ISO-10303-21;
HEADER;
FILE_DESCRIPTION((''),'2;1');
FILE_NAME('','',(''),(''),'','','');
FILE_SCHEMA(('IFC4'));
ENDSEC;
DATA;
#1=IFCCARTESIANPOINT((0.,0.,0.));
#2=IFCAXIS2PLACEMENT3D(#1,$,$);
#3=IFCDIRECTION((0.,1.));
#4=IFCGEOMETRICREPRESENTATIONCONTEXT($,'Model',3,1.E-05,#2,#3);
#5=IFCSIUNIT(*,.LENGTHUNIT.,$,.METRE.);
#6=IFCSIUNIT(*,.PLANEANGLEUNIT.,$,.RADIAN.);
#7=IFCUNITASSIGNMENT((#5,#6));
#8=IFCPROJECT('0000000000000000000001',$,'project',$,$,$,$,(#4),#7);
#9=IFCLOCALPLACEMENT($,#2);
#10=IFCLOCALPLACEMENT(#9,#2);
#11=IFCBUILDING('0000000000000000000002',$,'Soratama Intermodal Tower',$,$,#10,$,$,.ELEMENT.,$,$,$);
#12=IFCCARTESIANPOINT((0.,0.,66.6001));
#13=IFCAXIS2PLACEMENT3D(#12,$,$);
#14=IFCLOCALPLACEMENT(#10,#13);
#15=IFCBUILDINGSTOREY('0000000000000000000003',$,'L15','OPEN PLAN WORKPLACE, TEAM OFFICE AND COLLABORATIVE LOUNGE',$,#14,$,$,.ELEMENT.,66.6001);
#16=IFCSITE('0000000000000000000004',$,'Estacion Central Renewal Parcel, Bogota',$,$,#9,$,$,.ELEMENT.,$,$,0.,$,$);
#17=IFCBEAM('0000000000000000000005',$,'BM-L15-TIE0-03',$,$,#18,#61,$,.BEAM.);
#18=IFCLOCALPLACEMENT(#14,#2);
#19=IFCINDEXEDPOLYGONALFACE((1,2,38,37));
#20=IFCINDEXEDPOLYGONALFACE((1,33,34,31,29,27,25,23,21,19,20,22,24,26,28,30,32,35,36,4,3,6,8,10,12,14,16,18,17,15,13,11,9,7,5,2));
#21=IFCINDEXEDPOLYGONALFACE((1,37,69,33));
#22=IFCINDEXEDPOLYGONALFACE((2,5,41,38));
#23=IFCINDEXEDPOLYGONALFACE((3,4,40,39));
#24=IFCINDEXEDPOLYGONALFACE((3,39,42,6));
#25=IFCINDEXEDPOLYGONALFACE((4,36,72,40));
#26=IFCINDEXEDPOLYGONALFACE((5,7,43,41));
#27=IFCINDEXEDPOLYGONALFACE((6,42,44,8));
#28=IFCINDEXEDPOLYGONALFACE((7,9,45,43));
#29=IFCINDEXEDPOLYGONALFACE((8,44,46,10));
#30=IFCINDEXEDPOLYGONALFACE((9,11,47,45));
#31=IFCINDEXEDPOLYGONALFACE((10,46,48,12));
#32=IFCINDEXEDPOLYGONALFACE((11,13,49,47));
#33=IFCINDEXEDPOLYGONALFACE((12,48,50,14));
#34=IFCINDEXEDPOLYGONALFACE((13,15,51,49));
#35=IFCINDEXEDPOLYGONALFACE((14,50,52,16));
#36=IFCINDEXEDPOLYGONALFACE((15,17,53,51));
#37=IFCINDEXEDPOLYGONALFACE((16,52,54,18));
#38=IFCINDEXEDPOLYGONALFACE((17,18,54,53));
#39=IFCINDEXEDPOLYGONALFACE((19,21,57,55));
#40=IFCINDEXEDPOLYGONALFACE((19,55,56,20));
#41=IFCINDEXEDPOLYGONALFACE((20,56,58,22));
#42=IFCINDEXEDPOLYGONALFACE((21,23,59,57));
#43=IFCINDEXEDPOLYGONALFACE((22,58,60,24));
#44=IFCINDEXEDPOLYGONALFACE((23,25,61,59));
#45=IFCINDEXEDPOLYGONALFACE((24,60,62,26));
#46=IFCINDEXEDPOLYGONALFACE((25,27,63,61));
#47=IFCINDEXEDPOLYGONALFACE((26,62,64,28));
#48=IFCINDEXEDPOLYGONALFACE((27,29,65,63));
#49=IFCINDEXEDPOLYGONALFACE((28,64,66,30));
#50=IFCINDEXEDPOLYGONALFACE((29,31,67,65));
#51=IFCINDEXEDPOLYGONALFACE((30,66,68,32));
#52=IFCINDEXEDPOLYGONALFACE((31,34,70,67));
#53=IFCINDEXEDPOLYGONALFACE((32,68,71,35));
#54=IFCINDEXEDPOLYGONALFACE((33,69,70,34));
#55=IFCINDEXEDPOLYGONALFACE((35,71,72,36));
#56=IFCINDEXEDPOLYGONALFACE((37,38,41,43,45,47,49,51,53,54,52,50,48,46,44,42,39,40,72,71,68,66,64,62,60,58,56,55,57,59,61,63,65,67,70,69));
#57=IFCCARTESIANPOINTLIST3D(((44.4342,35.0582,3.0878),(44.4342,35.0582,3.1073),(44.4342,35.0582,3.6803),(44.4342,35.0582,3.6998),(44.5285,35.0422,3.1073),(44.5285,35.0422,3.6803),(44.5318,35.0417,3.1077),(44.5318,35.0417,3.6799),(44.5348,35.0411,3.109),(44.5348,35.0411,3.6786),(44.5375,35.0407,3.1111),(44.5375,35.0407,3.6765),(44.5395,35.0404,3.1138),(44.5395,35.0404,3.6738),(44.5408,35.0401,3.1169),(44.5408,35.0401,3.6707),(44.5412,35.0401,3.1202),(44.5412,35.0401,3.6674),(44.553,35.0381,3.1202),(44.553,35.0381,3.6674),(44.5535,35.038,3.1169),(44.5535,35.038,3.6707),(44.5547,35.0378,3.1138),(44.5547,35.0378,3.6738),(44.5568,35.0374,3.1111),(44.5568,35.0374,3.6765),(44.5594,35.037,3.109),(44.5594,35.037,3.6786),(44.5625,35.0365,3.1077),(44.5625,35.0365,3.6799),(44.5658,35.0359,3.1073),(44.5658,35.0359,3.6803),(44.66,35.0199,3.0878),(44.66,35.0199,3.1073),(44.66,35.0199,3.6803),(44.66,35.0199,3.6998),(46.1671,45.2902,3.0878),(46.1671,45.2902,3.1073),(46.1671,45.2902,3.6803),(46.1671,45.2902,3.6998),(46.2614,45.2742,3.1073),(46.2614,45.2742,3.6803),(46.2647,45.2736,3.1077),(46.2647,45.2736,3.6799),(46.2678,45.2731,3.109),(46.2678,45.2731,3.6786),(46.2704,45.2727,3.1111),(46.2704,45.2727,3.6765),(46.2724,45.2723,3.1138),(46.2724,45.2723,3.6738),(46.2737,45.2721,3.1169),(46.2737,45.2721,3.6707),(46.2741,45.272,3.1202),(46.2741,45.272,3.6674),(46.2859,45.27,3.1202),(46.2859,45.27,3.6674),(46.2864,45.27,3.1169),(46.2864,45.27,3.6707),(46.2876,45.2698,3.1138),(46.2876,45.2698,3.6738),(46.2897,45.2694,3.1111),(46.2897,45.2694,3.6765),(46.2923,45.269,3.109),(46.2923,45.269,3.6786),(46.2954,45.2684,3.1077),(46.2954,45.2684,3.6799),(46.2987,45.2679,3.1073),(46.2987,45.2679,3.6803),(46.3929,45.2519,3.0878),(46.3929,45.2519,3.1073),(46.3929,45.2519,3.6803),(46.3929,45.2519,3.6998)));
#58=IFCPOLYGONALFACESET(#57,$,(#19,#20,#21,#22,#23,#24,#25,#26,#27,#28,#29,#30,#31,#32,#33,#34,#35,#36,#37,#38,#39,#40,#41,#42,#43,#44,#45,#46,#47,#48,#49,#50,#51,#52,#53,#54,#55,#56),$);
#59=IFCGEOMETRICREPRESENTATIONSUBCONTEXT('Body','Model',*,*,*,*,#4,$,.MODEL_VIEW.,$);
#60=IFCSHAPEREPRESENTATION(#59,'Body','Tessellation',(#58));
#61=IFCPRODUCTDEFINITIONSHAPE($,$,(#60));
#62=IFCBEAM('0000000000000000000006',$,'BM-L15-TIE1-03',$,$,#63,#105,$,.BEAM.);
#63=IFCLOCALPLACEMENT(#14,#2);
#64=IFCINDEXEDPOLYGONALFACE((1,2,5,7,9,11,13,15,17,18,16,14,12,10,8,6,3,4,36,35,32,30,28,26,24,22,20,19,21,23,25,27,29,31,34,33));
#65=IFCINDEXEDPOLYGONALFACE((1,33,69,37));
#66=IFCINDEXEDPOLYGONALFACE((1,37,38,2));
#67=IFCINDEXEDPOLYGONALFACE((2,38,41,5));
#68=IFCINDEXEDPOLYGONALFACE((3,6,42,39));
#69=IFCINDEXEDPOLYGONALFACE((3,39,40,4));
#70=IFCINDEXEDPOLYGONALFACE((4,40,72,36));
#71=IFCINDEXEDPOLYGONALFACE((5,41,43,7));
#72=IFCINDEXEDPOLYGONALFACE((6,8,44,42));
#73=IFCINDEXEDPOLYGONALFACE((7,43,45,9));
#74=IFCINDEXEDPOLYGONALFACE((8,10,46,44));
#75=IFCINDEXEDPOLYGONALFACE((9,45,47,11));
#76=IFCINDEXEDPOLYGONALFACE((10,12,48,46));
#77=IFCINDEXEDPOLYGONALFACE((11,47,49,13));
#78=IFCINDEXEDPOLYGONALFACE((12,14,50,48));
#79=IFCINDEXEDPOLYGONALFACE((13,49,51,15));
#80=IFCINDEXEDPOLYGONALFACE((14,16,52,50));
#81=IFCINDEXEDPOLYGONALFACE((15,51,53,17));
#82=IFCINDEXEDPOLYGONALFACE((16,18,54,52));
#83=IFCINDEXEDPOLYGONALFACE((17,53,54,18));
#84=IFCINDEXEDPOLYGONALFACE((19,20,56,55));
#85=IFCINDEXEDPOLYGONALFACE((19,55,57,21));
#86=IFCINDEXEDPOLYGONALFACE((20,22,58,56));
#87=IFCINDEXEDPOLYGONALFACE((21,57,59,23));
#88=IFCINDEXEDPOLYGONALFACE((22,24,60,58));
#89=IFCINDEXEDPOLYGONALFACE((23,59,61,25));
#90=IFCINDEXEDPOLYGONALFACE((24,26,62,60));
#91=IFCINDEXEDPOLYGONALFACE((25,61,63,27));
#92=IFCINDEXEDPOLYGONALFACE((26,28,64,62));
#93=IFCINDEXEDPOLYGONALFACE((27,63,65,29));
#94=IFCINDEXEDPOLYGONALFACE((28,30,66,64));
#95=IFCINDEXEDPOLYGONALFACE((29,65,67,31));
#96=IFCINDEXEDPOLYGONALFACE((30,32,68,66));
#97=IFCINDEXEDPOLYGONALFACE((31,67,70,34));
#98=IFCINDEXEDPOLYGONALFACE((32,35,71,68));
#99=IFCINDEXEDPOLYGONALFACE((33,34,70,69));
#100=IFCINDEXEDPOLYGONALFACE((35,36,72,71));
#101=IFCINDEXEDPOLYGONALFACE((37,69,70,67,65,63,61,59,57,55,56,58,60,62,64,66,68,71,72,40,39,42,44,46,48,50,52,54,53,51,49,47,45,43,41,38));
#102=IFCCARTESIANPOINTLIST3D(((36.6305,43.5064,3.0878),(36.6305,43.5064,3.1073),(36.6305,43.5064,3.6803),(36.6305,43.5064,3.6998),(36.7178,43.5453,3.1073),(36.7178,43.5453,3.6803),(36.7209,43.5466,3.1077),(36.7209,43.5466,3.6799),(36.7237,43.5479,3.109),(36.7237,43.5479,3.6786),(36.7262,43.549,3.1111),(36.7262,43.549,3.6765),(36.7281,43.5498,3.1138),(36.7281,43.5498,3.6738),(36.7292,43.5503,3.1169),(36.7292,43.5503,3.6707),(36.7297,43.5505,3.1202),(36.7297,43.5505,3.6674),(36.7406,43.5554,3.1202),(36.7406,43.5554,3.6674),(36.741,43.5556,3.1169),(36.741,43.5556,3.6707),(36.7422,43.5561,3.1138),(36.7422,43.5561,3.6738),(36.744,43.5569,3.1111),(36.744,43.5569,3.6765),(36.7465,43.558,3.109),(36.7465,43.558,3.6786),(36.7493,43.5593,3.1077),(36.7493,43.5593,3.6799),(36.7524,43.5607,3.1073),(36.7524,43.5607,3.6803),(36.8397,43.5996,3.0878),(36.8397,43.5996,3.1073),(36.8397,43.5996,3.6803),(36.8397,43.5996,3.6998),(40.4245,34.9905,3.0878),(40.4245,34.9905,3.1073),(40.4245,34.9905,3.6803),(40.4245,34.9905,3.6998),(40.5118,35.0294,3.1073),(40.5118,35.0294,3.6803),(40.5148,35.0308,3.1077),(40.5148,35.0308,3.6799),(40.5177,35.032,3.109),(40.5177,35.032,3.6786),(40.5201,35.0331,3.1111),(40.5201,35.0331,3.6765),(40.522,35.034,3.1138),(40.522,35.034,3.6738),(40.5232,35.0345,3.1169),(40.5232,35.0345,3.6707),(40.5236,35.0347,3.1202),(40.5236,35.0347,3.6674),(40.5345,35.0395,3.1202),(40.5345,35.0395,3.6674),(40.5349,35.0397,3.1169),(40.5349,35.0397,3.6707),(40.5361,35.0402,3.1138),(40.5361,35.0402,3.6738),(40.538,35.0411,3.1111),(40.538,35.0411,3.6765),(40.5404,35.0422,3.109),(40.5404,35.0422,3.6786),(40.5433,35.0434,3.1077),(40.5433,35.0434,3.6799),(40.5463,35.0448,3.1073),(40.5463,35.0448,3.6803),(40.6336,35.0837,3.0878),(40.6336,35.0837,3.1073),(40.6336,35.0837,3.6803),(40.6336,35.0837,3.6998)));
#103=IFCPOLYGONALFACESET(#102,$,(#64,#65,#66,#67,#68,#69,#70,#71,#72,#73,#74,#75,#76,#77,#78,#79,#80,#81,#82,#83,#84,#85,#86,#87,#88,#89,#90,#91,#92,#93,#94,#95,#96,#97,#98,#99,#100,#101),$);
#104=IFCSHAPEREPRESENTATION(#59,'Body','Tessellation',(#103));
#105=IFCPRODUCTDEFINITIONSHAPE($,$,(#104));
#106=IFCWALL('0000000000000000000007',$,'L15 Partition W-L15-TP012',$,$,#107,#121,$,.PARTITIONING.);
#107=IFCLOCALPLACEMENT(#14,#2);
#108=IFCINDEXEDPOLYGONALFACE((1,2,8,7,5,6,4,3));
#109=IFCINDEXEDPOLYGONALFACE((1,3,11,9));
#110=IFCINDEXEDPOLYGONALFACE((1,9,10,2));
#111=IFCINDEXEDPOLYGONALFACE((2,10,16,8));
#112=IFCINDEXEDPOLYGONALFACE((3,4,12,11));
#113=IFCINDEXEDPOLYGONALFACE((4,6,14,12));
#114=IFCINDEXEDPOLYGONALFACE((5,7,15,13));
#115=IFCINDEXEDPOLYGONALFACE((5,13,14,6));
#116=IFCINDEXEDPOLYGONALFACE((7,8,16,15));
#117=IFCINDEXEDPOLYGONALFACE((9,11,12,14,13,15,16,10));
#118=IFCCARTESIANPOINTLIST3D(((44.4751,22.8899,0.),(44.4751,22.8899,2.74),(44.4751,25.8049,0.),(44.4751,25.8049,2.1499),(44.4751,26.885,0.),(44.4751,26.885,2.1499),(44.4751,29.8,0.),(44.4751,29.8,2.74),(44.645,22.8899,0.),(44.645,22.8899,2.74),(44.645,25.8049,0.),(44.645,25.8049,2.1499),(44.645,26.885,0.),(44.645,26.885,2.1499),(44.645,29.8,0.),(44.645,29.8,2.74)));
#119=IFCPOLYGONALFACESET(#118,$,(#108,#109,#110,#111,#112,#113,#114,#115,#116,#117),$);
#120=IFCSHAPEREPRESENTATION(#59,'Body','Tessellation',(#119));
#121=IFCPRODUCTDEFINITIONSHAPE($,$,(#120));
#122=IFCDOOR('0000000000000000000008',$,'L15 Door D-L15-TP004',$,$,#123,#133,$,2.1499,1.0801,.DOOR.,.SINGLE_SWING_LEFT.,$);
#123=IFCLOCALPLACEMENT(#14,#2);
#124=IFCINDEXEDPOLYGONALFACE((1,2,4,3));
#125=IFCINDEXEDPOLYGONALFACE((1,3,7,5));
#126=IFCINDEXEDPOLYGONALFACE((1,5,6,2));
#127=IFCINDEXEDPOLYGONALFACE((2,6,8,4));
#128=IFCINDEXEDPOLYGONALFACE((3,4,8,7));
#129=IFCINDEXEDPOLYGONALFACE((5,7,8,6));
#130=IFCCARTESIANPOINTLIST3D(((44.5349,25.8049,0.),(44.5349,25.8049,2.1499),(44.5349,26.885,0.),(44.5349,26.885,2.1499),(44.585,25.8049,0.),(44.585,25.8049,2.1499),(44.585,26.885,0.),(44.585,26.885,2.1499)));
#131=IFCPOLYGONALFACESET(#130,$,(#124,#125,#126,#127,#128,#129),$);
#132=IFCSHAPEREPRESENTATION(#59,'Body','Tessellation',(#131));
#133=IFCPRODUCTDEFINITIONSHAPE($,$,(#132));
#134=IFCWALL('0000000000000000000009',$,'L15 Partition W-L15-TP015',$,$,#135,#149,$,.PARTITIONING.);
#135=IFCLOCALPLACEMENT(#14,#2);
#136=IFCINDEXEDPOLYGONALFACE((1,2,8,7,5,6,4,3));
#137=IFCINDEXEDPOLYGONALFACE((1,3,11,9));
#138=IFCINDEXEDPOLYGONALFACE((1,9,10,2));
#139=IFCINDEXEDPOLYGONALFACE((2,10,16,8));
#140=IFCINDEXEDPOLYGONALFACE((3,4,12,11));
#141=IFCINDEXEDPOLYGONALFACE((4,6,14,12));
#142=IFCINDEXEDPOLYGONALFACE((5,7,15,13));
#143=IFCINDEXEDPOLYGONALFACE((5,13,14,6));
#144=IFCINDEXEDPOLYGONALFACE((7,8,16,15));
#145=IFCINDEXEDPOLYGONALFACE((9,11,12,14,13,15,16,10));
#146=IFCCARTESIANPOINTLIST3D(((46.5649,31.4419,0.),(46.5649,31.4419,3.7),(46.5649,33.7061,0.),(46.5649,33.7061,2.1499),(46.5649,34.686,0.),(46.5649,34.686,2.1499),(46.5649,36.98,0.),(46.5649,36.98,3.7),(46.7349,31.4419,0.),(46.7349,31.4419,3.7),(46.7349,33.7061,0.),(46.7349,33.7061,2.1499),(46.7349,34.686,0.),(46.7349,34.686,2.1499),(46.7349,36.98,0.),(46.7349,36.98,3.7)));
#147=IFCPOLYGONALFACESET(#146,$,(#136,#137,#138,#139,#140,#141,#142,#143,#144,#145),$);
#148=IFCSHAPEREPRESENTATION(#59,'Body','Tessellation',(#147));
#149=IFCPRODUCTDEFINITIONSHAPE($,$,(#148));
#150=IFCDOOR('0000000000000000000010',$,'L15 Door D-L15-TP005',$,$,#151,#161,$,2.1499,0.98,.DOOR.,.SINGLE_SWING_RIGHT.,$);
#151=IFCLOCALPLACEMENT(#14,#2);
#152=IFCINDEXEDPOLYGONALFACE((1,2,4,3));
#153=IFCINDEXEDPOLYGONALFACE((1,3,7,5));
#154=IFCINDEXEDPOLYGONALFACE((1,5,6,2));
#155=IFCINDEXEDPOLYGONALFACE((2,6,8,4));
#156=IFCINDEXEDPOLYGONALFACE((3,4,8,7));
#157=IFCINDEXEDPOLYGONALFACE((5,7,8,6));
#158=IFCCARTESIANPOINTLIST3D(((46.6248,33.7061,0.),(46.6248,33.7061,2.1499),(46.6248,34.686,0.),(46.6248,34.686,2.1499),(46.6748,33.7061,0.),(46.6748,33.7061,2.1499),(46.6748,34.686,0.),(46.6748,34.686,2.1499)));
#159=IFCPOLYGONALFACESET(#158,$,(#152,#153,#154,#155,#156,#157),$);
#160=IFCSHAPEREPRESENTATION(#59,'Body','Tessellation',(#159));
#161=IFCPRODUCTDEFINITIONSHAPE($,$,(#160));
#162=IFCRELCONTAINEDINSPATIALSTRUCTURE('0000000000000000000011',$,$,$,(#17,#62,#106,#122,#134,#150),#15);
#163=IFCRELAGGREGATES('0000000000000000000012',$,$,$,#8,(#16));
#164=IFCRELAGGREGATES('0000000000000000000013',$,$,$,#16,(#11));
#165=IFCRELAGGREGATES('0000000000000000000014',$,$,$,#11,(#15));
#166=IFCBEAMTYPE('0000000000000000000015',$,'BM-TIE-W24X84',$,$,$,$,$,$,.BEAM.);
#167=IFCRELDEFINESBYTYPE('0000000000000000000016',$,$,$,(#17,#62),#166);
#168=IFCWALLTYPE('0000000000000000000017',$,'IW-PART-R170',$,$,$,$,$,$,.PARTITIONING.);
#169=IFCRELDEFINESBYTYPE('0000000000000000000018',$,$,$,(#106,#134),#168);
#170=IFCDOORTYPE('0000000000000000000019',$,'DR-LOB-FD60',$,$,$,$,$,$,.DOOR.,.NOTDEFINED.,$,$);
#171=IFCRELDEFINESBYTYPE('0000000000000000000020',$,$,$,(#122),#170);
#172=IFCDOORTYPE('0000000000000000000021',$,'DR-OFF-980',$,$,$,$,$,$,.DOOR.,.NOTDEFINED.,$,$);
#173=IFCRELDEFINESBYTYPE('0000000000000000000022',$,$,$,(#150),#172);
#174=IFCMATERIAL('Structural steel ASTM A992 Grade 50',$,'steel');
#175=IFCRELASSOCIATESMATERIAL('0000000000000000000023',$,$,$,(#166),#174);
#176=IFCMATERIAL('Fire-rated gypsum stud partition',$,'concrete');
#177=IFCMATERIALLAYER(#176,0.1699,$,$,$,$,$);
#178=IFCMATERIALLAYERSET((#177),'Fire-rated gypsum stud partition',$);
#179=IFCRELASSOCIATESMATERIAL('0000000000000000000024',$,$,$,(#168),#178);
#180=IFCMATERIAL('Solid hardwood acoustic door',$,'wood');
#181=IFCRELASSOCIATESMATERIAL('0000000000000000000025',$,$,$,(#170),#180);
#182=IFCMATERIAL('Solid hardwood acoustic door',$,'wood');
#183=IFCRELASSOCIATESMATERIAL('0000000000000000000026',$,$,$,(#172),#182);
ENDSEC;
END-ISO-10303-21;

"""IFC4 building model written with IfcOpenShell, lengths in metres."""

from ifc_helpers import new_model, si_unit, direction, frame, frame_2d, origin, origin_2d, place, context, subcontext, project, spatial, rectangle, i_section, extrude, material, layer, layer_set, material_profile, profile_set, type_object, element, fill, save


model = new_model("IFC4")

# Units and contexts
model_context = context("Model", 3, precision=1e-05, world=origin(), true_north=direction((0.0, 1.0)))
body_context = subcontext(model_context, "Body", "Model", "MODEL_VIEW")
ifc_project = project(units=[si_unit("LENGTHUNIT", "METRE"), si_unit("PLANEANGLEUNIT", "RADIAN")], contexts=[model_context])

# Site, building, storey
site_placement = place(None, origin())
site = spatial("IfcSite", under=ifc_project, at=site_placement, Name="Estacion Central Renewal Parcel, Bogota", CompositionType="ELEMENT", RefElevation=0.0)
building_placement = place(site_placement, origin())
building = spatial("IfcBuilding", under=site, at=building_placement, Name="Soratama Intermodal Tower", CompositionType="ELEMENT")
storey_placement = place(building_placement, frame((0.0, 0.0, 66.6001)))
storey = spatial("IfcBuildingStorey", under=building, at=storey_placement, Name="L15", Description="OPEN PLAN WORKPLACE, TEAM OFFICE AND COLLABORATIVE LOUNGE", CompositionType="ELEMENT", Elevation=66.6001)

# Beams
ifc_material_1 = material(Name="Structural steel ASTM A992 Grade 50", Category="steel")
ifc_material_profile_1 = material_profile(ifc_material_1, i_section(OverallWidth=0.229, OverallDepth=0.6121, WebThickness=0.012, FlangeThickness=0.0195, FilletRadius=0.0129, at=origin_2d()), Name="W24X84")
ifc_profile_set_1 = profile_set([ifc_material_profile_1], Name="Structural steel ASTM A992 Grade 50")
beam_type_1 = type_object("IfcBeamType", Name="BM-TIE-W24X84", PredefinedType="BEAM", material=ifc_profile_set_1)
beam_1_placement = place(storey_placement, frame((44.5471, 35.0391, 3.3938), z_axis=(0.166985, 0.985959, 0.0), x_axis=(-0.985959, 0.166985, 0.0)))
element("IfcBeam", 1, at=beam_1_placement, inside=storey, type_object=beam_type_1, Name="BM-L15-TIE0-03", PredefinedType="BEAM", context=body_context, shape_type="SweptSolid", body=[
    extrude(i_section(OverallWidth=0.229, OverallDepth=0.6121, WebThickness=0.012, FlangeThickness=0.0195, FilletRadius=0.0129, at=origin_2d()), origin(), (0.0, 0.0, 1.0), 10.3777),
])
beam_2_placement = place(storey_placement, frame((40.5291, 35.0371, 3.3938), z_axis=(-0.406955, 0.913448, 0.0), x_axis=(-0.913448, -0.406955, 0.0)))
element("IfcBeam", 2, at=beam_2_placement, inside=storey, type_object=beam_type_1, Name="BM-L15-TIE1-03", PredefinedType="BEAM", context=body_context, shape_type="SweptSolid", body=[
    extrude(i_section(OverallWidth=0.229, OverallDepth=0.6121, WebThickness=0.012, FlangeThickness=0.0195, FilletRadius=0.0129, at=origin_2d()), origin(), (0.0, 0.0, 1.0), 9.3228),
])

# Walls, openings, doors
ifc_material_2 = material(Name="Fire-rated gypsum stud partition", Category="concrete")
ifc_layer_1 = layer(ifc_material_2, 0.1699)
ifc_layer_set_1 = layer_set([ifc_layer_1], Name="Fire-rated gypsum stud partition")
wall_type_1 = type_object("IfcWallType", Name="IW-PART-R170", PredefinedType="PARTITIONING", material=ifc_layer_set_1)
wall_1_placement = place(storey_placement, frame((44.5601, 29.8, 0.0), z_axis=(0.0, 0.0, 1.0), x_axis=(0.0, -1.0, 0.0)))
wall_1 = element("IfcWall", 3, at=wall_1_placement, inside=storey, type_object=wall_type_1, Name="L15 Partition W-L15-TP012", PredefinedType="PARTITIONING", context=body_context, shape_type="SweptSolid", body=[
    extrude(rectangle(XDim=6.9102, YDim=0.1699, at=frame_2d((3.4551, 0.0))), origin(), (0.0, 0.0, 1.0), 2.74),
])
opening_1_placement = place(wall_1_placement, frame((2.915, 0.0, 0.0)))
opening_1 = element("IfcOpeningElement", 4, at=opening_1_placement, cuts=wall_1, PredefinedType="OPENING", context=body_context, shape_type="SweptSolid", body=[
    extrude(rectangle(XDim=1.0801, YDim=2.1499, at=frame_2d((0.54, 1.075))), frame((0.0, 0.095, 0.0), z_axis=(0.0, -1.0, 0.0), x_axis=(1.0, 0.0, 0.0)), (0.0, 0.0, 1.0), 0.1899),
])
ifc_material_3 = material(Name="Solid hardwood acoustic door", Category="wood")
door_type_1 = type_object("IfcDoorType", Name="DR-LOB-FD60", OperationType="NOTDEFINED", PredefinedType="DOOR", material=ifc_material_3)
door_1_placement = place(opening_1_placement, origin())
door_1 = element("IfcDoor", 5, at=door_1_placement, inside=storey, type_object=door_type_1, Name="L15 Door D-L15-TP004", OperationType="SINGLE_SWING_LEFT", OverallHeight=2.1499, OverallWidth=1.0801, PredefinedType="DOOR", context=body_context, shape_type="SweptSolid", body=[
    extrude(rectangle(XDim=1.0801, YDim=2.1499, at=frame_2d((0.54, 1.075))), frame((0.0, 0.0249, 0.0), z_axis=(0.0, -1.0, 0.0), x_axis=(1.0, 0.0, 0.0)), (0.0, 0.0, 1.0), 0.05),
])
fill(opening_1, door_1)
wall_2_placement = place(storey_placement, frame((46.6499, 36.98, 0.0), z_axis=(0.0, 0.0, 1.0), x_axis=(0.0, -1.0, 0.0)))
wall_2 = element("IfcWall", 6, at=wall_2_placement, inside=storey, type_object=wall_type_1, Name="L15 Partition W-L15-TP015", PredefinedType="PARTITIONING", context=body_context, shape_type="SweptSolid", body=[
    extrude(rectangle(XDim=5.5381, YDim=0.1699, at=frame_2d((2.769, 0.0))), origin(), (0.0, 0.0, 1.0), 3.7),
])
opening_2_placement = place(wall_2_placement, frame((2.2939, 0.0, 0.0)))
opening_2 = element("IfcOpeningElement", 7, at=opening_2_placement, cuts=wall_2, PredefinedType="OPENING", context=body_context, shape_type="SweptSolid", body=[
    extrude(rectangle(XDim=0.98, YDim=2.1499, at=frame_2d((0.49, 1.075))), frame((0.0, 0.095, 0.0), z_axis=(0.0, -1.0, 0.0), x_axis=(1.0, 0.0, 0.0)), (0.0, 0.0, 1.0), 0.1899),
])
ifc_material_4 = material(Name="Solid hardwood acoustic door", Category="wood")
door_type_2 = type_object("IfcDoorType", Name="DR-OFF-980", OperationType="NOTDEFINED", PredefinedType="DOOR", material=ifc_material_4)
door_2_placement = place(opening_2_placement, origin())
door_2 = element("IfcDoor", 8, at=door_2_placement, inside=storey, type_object=door_type_2, Name="L15 Door D-L15-TP005", OperationType="SINGLE_SWING_RIGHT", OverallHeight=2.1499, OverallWidth=0.98, PredefinedType="DOOR", context=body_context, shape_type="SweptSolid", body=[
    extrude(rectangle(XDim=0.98, YDim=2.1499, at=frame_2d((0.49, 1.075))), frame((0.0, 0.0249, 0.0), z_axis=(0.0, -1.0, 0.0), x_axis=(1.0, 0.0, 0.0)), (0.0, 0.0, 1.0), 0.05),
])
fill(opening_2, door_2)

save(model, "model.ifc")
